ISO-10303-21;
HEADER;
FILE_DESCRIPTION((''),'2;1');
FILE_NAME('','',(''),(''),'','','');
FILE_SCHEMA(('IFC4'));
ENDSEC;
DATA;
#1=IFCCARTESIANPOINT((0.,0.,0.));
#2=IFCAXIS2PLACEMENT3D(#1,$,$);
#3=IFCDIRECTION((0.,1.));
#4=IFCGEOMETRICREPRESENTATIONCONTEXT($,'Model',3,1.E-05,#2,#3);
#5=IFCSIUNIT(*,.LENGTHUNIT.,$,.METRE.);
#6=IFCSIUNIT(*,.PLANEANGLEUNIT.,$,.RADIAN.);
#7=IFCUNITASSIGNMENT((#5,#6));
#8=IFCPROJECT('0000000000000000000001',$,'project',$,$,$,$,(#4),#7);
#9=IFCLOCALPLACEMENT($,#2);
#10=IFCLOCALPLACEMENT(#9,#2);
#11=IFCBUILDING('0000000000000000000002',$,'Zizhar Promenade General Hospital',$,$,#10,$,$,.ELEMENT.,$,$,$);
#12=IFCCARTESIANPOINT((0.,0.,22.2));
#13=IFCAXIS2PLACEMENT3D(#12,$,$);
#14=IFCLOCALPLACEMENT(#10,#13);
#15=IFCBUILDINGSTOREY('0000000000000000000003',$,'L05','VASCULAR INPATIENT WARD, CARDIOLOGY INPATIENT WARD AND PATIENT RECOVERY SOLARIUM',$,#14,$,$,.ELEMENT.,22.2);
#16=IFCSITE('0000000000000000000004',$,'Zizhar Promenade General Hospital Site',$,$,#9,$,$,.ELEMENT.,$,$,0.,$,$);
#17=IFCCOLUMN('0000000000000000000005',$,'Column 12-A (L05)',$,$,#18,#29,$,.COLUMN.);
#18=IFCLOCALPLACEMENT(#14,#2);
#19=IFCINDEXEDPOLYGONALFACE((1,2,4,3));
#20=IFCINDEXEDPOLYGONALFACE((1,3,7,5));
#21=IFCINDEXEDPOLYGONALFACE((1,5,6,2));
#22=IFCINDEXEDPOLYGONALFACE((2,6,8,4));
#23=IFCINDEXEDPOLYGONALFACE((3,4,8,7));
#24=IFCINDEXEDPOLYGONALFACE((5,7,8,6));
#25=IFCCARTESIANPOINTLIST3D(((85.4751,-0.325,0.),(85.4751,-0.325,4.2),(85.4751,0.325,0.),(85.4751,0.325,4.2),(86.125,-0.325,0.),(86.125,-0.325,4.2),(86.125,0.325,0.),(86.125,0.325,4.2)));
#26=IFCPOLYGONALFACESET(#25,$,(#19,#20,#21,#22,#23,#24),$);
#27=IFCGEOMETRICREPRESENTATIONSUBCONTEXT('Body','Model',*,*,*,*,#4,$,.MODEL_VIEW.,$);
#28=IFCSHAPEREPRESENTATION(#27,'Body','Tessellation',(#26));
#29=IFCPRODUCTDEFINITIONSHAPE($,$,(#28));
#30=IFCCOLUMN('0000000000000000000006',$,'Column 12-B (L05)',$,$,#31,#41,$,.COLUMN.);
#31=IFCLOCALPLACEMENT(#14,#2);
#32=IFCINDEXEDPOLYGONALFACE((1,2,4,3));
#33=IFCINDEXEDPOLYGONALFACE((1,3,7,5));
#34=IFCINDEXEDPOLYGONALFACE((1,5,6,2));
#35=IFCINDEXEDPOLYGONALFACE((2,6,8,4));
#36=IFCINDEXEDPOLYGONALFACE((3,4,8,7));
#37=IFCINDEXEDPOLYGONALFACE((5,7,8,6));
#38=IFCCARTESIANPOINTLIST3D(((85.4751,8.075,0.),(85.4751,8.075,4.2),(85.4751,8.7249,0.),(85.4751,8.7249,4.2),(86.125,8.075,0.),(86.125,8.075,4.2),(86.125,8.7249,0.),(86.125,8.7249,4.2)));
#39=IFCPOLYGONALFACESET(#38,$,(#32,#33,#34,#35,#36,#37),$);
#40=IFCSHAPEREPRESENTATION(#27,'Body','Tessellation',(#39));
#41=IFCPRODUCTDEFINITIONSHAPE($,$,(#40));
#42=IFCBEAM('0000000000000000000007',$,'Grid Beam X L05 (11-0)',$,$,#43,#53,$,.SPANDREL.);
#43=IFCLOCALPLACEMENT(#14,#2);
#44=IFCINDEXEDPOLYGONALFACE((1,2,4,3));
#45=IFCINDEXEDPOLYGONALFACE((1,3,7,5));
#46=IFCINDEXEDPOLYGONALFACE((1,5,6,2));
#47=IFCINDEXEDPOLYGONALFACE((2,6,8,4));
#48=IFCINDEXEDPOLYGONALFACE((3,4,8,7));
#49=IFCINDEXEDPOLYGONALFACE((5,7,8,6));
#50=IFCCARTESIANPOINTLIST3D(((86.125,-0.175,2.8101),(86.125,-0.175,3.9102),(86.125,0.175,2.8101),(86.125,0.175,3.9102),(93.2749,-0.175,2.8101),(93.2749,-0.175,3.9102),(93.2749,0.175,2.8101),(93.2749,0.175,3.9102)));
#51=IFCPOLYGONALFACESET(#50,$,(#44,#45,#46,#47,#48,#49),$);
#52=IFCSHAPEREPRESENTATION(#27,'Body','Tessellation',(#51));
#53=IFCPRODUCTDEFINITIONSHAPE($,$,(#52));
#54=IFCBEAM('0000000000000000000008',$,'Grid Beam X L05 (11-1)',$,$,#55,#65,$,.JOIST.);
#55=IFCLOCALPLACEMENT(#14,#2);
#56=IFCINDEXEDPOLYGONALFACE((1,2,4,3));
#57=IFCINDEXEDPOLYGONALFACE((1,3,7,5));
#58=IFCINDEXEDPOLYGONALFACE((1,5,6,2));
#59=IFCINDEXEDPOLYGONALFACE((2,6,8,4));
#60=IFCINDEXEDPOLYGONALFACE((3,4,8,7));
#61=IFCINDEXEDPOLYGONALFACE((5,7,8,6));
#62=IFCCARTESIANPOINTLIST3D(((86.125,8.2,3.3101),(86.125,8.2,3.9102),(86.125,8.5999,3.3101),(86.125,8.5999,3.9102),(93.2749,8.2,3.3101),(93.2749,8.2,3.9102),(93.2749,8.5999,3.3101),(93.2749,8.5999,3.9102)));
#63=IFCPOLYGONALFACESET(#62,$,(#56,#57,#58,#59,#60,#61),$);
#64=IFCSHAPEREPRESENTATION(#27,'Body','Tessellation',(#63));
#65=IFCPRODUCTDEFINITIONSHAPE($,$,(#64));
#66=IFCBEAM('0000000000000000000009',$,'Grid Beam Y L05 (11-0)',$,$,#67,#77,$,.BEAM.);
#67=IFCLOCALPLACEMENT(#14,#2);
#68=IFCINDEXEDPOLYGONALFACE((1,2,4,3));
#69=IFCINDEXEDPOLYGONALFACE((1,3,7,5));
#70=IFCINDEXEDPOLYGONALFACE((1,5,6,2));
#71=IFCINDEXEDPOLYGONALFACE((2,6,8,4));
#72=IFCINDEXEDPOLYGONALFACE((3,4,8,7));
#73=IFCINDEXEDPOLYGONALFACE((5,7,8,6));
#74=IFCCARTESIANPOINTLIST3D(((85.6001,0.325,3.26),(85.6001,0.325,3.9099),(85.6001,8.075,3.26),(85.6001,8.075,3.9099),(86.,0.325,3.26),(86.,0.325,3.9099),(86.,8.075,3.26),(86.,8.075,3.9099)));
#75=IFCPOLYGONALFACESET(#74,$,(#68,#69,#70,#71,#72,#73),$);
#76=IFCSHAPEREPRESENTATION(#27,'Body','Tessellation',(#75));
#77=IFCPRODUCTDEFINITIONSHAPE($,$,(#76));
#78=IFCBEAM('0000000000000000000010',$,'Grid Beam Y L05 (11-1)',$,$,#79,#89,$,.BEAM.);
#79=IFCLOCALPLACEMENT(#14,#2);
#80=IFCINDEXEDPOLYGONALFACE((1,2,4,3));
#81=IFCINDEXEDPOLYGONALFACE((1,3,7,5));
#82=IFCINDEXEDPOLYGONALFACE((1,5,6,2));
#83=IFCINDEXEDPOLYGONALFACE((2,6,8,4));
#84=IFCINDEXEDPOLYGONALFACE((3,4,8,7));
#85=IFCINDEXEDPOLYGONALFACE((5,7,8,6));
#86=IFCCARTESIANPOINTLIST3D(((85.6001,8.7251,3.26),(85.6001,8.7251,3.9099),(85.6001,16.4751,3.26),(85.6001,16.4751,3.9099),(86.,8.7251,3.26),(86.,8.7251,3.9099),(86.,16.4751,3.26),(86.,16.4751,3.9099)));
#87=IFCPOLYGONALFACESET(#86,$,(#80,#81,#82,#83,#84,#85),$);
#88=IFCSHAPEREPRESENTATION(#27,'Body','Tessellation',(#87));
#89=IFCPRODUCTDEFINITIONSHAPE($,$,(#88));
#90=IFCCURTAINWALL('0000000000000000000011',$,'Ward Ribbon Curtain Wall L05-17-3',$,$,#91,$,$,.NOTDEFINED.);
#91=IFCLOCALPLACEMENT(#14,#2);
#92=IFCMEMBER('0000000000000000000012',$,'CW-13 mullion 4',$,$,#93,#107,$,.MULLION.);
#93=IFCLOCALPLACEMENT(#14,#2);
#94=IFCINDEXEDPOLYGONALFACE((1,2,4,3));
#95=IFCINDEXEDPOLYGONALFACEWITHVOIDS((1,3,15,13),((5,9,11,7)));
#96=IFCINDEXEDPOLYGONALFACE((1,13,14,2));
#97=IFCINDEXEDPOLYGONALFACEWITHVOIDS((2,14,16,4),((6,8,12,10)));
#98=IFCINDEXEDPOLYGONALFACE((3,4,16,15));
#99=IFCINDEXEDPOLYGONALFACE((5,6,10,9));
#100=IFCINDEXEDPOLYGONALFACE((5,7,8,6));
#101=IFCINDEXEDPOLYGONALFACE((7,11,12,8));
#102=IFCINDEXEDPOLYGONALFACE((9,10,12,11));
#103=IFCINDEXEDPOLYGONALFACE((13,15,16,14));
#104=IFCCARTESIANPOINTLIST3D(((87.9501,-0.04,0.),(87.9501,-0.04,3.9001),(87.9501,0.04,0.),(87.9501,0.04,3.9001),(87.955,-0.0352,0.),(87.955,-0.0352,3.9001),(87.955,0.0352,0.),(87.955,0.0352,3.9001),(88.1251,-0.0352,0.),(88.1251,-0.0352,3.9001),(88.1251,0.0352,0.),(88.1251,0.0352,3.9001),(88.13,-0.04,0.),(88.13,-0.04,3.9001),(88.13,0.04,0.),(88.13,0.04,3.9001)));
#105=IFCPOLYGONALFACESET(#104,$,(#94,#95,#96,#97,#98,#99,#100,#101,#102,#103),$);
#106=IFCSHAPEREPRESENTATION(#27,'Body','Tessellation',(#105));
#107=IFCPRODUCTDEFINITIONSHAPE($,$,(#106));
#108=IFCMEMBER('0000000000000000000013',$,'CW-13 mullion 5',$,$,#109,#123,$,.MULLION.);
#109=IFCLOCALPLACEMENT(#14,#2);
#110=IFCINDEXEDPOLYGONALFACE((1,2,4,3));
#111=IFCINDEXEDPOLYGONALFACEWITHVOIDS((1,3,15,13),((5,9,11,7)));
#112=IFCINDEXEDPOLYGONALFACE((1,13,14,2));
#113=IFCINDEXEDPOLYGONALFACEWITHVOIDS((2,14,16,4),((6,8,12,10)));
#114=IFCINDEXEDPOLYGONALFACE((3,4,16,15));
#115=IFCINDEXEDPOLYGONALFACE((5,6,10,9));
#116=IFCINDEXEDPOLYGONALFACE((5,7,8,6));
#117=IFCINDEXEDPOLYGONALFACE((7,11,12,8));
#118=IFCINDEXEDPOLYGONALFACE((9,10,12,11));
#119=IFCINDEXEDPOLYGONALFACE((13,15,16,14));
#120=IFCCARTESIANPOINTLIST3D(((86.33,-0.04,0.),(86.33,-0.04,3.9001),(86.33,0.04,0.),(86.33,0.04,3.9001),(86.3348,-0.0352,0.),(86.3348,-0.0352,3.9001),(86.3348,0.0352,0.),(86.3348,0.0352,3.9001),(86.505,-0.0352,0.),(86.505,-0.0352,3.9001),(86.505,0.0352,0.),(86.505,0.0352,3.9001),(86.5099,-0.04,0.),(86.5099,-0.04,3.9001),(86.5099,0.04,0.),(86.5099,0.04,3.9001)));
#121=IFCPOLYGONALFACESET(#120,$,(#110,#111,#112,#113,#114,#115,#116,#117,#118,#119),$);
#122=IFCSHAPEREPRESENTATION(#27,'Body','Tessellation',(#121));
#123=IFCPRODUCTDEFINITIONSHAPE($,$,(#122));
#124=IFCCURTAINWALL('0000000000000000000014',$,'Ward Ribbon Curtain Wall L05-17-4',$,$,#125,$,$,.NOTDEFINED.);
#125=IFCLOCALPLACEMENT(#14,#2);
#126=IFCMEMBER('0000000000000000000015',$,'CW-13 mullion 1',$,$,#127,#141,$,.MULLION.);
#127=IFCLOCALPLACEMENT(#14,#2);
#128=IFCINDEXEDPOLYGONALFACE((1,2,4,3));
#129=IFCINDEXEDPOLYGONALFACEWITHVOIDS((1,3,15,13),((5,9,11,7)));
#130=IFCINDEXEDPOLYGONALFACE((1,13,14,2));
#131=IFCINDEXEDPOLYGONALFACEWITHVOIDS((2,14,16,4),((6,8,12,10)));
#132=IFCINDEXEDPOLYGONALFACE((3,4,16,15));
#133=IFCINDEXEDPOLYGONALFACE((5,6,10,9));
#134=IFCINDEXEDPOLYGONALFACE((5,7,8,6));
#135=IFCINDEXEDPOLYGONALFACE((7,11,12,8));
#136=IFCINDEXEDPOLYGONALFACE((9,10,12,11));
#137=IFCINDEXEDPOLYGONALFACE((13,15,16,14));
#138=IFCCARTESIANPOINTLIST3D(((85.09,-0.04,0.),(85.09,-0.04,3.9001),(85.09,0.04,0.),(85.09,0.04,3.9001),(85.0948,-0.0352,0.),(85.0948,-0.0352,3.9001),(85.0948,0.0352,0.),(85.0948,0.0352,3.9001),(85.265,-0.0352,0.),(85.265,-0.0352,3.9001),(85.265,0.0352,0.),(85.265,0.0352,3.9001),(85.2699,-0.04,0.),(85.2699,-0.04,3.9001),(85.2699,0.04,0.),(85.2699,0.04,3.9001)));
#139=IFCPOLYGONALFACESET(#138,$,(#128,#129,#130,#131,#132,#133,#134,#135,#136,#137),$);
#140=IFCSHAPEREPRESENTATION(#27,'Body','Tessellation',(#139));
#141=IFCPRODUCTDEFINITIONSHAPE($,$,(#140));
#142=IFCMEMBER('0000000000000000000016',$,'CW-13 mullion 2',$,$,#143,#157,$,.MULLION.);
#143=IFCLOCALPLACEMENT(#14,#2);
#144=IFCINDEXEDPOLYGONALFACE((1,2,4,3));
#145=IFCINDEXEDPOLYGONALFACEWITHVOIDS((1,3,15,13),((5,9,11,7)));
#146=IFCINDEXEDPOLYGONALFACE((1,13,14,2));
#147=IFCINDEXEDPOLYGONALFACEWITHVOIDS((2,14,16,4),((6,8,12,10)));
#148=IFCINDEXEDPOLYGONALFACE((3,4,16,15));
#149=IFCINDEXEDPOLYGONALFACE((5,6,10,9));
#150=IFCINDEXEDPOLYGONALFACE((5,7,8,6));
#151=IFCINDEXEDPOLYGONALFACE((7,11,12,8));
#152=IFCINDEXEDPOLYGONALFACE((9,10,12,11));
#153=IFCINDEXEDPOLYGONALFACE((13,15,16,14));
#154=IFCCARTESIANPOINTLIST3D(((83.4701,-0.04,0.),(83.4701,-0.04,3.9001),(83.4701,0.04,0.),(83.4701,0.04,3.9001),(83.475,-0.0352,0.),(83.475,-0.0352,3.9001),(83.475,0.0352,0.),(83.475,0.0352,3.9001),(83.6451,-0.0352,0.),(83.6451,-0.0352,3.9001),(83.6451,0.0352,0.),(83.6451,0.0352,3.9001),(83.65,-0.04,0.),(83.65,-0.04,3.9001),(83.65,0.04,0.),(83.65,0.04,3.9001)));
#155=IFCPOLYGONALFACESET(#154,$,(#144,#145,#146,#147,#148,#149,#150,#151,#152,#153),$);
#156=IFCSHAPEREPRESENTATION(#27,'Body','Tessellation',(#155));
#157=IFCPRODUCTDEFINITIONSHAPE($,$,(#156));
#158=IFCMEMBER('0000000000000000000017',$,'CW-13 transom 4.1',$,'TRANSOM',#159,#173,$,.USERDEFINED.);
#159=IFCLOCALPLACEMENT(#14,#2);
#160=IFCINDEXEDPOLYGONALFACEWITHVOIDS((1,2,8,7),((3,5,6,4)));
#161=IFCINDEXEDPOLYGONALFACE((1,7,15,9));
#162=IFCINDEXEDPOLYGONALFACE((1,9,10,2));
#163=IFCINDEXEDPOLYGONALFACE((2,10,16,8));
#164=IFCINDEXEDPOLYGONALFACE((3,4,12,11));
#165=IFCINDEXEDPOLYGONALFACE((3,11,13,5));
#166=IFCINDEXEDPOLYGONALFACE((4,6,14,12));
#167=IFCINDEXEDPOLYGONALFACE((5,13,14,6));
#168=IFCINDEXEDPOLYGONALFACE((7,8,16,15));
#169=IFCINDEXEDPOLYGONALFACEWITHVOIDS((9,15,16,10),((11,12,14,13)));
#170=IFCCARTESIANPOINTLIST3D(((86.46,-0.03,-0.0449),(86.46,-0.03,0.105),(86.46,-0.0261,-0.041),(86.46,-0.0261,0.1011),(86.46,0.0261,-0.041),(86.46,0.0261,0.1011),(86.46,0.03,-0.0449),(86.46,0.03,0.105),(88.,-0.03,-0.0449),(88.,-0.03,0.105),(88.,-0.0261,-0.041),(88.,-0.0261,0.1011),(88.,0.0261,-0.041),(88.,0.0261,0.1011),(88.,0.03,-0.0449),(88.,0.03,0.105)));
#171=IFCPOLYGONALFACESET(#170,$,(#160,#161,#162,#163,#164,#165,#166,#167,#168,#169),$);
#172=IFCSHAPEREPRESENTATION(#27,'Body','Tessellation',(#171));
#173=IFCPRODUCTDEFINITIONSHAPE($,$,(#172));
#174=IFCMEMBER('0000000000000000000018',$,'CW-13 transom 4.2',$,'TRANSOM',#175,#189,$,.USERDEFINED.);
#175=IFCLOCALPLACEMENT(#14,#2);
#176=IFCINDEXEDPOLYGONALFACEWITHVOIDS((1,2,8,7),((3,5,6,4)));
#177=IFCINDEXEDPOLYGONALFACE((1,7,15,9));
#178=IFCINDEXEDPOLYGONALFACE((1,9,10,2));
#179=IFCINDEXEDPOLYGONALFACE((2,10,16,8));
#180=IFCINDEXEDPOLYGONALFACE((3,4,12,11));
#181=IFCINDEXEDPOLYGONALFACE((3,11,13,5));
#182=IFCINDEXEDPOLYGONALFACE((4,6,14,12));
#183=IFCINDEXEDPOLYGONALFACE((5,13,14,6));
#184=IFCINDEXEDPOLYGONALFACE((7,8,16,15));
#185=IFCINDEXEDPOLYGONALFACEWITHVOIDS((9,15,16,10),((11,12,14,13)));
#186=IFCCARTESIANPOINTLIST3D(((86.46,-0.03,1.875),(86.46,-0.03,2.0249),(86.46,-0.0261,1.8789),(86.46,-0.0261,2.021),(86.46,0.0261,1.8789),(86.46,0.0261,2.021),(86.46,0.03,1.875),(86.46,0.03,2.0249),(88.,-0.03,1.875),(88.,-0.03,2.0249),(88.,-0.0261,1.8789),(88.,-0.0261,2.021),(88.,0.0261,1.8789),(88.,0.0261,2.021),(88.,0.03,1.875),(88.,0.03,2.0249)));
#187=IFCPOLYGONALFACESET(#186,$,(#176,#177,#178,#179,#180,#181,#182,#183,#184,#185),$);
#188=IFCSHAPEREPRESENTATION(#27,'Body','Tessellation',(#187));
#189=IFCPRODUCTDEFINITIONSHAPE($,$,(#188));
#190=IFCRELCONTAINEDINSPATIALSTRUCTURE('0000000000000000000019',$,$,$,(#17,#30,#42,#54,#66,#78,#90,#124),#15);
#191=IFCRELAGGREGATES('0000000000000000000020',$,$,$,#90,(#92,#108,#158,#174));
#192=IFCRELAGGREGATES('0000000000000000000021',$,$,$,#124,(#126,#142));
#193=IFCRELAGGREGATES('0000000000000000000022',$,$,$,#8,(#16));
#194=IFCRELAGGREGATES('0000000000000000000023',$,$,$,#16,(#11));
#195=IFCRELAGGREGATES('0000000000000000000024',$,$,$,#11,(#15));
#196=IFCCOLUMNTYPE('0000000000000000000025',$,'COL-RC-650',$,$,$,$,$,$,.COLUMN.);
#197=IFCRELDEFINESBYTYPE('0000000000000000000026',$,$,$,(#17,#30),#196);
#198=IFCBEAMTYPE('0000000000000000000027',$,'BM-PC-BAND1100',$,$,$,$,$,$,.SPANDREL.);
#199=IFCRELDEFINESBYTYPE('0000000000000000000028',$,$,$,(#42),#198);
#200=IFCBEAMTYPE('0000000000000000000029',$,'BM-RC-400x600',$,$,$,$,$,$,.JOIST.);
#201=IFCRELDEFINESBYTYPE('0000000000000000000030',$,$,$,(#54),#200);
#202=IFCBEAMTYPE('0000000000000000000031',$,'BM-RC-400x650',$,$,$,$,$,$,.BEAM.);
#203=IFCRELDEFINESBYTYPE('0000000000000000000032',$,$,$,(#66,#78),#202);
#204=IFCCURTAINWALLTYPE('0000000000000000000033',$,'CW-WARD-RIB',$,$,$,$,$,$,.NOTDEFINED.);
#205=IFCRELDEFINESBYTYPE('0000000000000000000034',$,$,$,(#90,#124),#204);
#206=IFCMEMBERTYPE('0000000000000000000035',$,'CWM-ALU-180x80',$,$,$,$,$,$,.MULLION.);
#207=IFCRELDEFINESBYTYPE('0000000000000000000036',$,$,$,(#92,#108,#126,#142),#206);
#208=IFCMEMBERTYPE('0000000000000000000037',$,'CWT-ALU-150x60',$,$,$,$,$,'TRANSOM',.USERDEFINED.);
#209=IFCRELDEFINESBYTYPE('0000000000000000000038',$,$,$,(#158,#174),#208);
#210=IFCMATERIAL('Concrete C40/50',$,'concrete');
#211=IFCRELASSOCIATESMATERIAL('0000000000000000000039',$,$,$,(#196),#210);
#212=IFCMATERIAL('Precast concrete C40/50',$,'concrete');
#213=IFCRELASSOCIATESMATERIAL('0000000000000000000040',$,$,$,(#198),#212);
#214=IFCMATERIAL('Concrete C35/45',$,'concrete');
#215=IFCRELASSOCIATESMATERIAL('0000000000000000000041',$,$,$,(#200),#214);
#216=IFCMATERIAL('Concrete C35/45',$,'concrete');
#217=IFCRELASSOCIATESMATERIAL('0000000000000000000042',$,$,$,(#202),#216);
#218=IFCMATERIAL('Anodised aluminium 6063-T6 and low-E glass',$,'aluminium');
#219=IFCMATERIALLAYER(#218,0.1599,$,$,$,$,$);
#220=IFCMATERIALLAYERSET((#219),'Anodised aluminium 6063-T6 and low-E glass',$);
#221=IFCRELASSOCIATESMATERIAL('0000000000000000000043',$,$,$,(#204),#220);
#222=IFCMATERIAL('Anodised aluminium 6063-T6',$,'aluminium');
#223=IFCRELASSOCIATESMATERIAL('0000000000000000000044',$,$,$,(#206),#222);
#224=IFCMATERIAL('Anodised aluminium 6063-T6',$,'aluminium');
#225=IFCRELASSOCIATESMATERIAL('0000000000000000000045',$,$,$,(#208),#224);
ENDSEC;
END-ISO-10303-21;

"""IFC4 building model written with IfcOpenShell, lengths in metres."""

from ifc_helpers import new_model, si_unit, direction, frame, origin, origin_2d, place, context, subcontext, project, spatial, rectangle, hollow_rectangle, extrude, material, layer, layer_set, material_profile, profile_set, type_object, element, aggregate, save


model = new_model("IFC4")

# Units and contexts
model_context = context("Model", 3, precision=1e-05, world=origin(), true_north=direction((0.0, 1.0)))
body_context = subcontext(model_context, "Body", "Model", "MODEL_VIEW")
ifc_project = project(units=[si_unit("LENGTHUNIT", "METRE"), si_unit("PLANEANGLEUNIT", "RADIAN")], contexts=[model_context])

# Site, building, storey
site_placement = place(None, origin())
site = spatial("IfcSite", under=ifc_project, at=site_placement, Name="Zizhar Promenade General Hospital Site", CompositionType="ELEMENT", RefElevation=0.0)
building_placement = place(site_placement, origin())
building = spatial("IfcBuilding", under=site, at=building_placement, Name="Zizhar Promenade General Hospital", CompositionType="ELEMENT")
storey_placement = place(building_placement, frame((0.0, 0.0, 22.2)))
storey = spatial("IfcBuildingStorey", under=building, at=storey_placement, Name="L05", Description="VASCULAR INPATIENT WARD, CARDIOLOGY INPATIENT WARD AND PATIENT RECOVERY SOLARIUM", CompositionType="ELEMENT", Elevation=22.2)

# Columns
ifc_material_1 = material(Name="Concrete C40/50", Category="concrete")
ifc_material_profile_1 = material_profile(ifc_material_1, rectangle(XDim=0.6499, YDim=0.6499, at=origin_2d()))
ifc_profile_set_1 = profile_set([ifc_material_profile_1], Name="Concrete C40/50")
column_type = type_object("IfcColumnType", Name="COL-RC-650", PredefinedType="COLUMN", material=ifc_profile_set_1)
for number, where, z_axis, x_axis, name in (
    (1, (85.8, 0.0, 0.0), (0.0, 0.0, 1.0), (1.0, 0.0, 0.0), "Column 12-A (L05)"),
    (2, (85.8, 8.3999, 0.0), (0.0, 0.0, 1.0), (1.0, 0.0, 0.0), "Column 12-B (L05)"),
):
    element("IfcColumn", number, at=place(storey_placement, frame(where, z_axis=z_axis, x_axis=x_axis)), inside=storey, type_object=column_type, Name=name, PredefinedType="COLUMN", context=body_context, shape_type="SweptSolid", body=[
        extrude(rectangle(XDim=0.6499, YDim=0.6499, at=origin_2d()), origin(), (0.0, 0.0, 1.0), 4.2),
    ])

# Beams
ifc_material_2 = material(Name="Precast concrete C40/50", Category="concrete")
ifc_material_profile_2 = material_profile(ifc_material_2, rectangle(XDim=0.3501, YDim=1.1001, at=origin_2d()))
ifc_profile_set_2 = profile_set([ifc_material_profile_2], Name="Precast concrete C40/50")
beam_type_1 = type_object("IfcBeamType", Name="BM-PC-BAND1100", PredefinedType="SPANDREL", material=ifc_profile_set_2)
beam_1_placement = place(storey_placement, frame((86.125, 0.0, 3.3601), z_axis=(1.0, 0.0, 0.0), x_axis=(0.0, 1.0, 0.0)))
element("IfcBeam", 3, at=beam_1_placement, inside=storey, type_object=beam_type_1, Name="Grid Beam X L05 (11-0)", PredefinedType="SPANDREL", context=body_context, shape_type="SweptSolid", body=[
    extrude(rectangle(XDim=0.3501, YDim=1.1001, at=origin_2d()), origin(), (0.0, 0.0, 1.0), 7.1499),
])
ifc_material_3 = material(Name="Concrete C35/45", Category="concrete")
ifc_material_profile_3 = material_profile(ifc_material_3, rectangle(XDim=0.3999, YDim=0.6001, at=origin_2d()))
ifc_profile_set_3 = profile_set([ifc_material_profile_3], Name="Concrete C35/45")
beam_type_2 = type_object("IfcBeamType", Name="BM-RC-400x600", PredefinedType="JOIST", material=ifc_profile_set_3)
beam_2_placement = place(storey_placement, frame((86.125, 8.3999, 3.6101), z_axis=(1.0, 0.0, 0.0), x_axis=(0.0, 1.0, 0.0)))
element("IfcBeam", 4, at=beam_2_placement, inside=storey, type_object=beam_type_2, Name="Grid Beam X L05 (11-1)", PredefinedType="JOIST", context=body_context, shape_type="SweptSolid", body=[
    extrude(rectangle(XDim=0.3999, YDim=0.6001, at=origin_2d()), origin(), (0.0, 0.0, 1.0), 7.1499),
])
ifc_material_4 = material(Name="Concrete C35/45", Category="concrete")
ifc_material_profile_4 = material_profile(ifc_material_4, rectangle(XDim=0.3999, YDim=0.6499, at=origin_2d()))
ifc_profile_set_4 = profile_set([ifc_material_profile_4], Name="Concrete C35/45")
beam_type_3 = type_object("IfcBeamType", Name="BM-RC-400x650", PredefinedType="BEAM", material=ifc_profile_set_4)
for number, where, z_axis, x_axis, name in (
    (5, (85.8, 0.325, 3.585), (0.0, 1.0, 0.0), (-1.0, 0.0, 0.0), "Grid Beam Y L05 (11-0)"),
    (6, (85.8, 8.7251, 3.585), (0.0, 1.0, 0.0), (-1.0, 0.0, 0.0), "Grid Beam Y L05 (11-1)"),
):
    element("IfcBeam", number, at=place(storey_placement, frame(where, z_axis=z_axis, x_axis=x_axis)), inside=storey, type_object=beam_type_3, Name=name, PredefinedType="BEAM", context=body_context, shape_type="SweptSolid", body=[
        extrude(rectangle(XDim=0.3999, YDim=0.6499, at=origin_2d()), origin(), (0.0, 0.0, 1.0), 7.75),
    ])

# Curtain walls, members
ifc_material_5 = material(Name="Anodised aluminium 6063-T6 and low-E glass", Category="aluminium")
ifc_layer_1 = layer(ifc_material_5, 0.1599)
ifc_layer_set_1 = layer_set([ifc_layer_1], Name="Anodised aluminium 6063-T6 and low-E glass")
curtain_wall_type = type_object("IfcCurtainWallType", Name="CW-WARD-RIB", PredefinedType="NOTDEFINED", material=ifc_layer_set_1)
curtain_wall_1_placement = place(storey_placement, origin())
curtain_wall_1 = element("IfcCurtainWall", 7, at=curtain_wall_1_placement, inside=storey, type_object=curtain_wall_type, Name="Ward Ribbon Curtain Wall L05-17-3", PredefinedType="NOTDEFINED")
ifc_material_6 = material(Name="Anodised aluminium 6063-T6", Category="aluminium")
ifc_material_profile_5 = material_profile(ifc_material_6, hollow_rectangle(XDim=0.0801, YDim=0.1799, WallThickness=0.0049, at=origin_2d()))
ifc_profile_set_5 = profile_set([ifc_material_profile_5], Name="Anodised aluminium 6063-T6")
member_type_1 = type_object("IfcMemberType", Name="CWM-ALU-180x80", PredefinedType="MULLION", material=ifc_profile_set_5)
member_1_placement = place(storey_placement, frame((88.04, 0.0, 0.0), z_axis=(0.0, 0.0, 1.0), x_axis=(0.0, -1.0, 0.0)))
member_1 = element("IfcMember", 8, at=member_1_placement, type_object=member_type_1, Name="CW-13 mullion 4", PredefinedType="MULLION", context=body_context, shape_type="SweptSolid", body=[
    extrude(hollow_rectangle(XDim=0.0801, YDim=0.1799, WallThickness=0.0049, at=origin_2d()), origin(), (0.0, 0.0, 1.0), 3.9001),
])
member_2_placement = place(storey_placement, frame((86.4199, 0.0, 0.0), z_axis=(0.0, 0.0, 1.0), x_axis=(0.0, -1.0, 0.0)))
member_2 = element("IfcMember", 9, at=member_2_placement, type_object=member_type_1, Name="CW-13 mullion 5", PredefinedType="MULLION", context=body_context, shape_type="SweptSolid", body=[
    extrude(hollow_rectangle(XDim=0.0801, YDim=0.1799, WallThickness=0.0049, at=origin_2d()), origin(), (0.0, 0.0, 1.0), 3.9001),
])
curtain_wall_2_placement = place(storey_placement, origin())
curtain_wall_2 = element("IfcCurtainWall", 10, at=curtain_wall_2_placement, inside=storey, type_object=curtain_wall_type, Name="Ward Ribbon Curtain Wall L05-17-4", PredefinedType="NOTDEFINED")
member_3_placement = place(storey_placement, frame((85.1799, 0.0, 0.0), z_axis=(0.0, 0.0, 1.0), x_axis=(0.0, -1.0, 0.0)))
member_3 = element("IfcMember", 11, at=member_3_placement, type_object=member_type_1, Name="CW-13 mullion 1", PredefinedType="MULLION", context=body_context, shape_type="SweptSolid", body=[
    extrude(hollow_rectangle(XDim=0.0801, YDim=0.1799, WallThickness=0.0049, at=origin_2d()), origin(), (0.0, 0.0, 1.0), 3.9001),
])
member_4_placement = place(storey_placement, frame((83.5601, 0.0, 0.0), z_axis=(0.0, 0.0, 1.0), x_axis=(0.0, -1.0, 0.0)))
member_4 = element("IfcMember", 12, at=member_4_placement, type_object=member_type_1, Name="CW-13 mullion 2", PredefinedType="MULLION", context=body_context, shape_type="SweptSolid", body=[
    extrude(hollow_rectangle(XDim=0.0801, YDim=0.1799, WallThickness=0.0049, at=origin_2d()), origin(), (0.0, 0.0, 1.0), 3.9001),
])

# Members
ifc_material_7 = material(Name="Anodised aluminium 6063-T6", Category="aluminium")
ifc_material_profile_6 = material_profile(ifc_material_7, hollow_rectangle(XDim=0.0601, YDim=0.1499, WallThickness=0.0039, at=origin_2d()))
ifc_profile_set_6 = profile_set([ifc_material_profile_6], Name="Anodised aluminium 6063-T6")
member_type_2 = type_object("IfcMemberType", Name="CWT-ALU-150x60", ElementType="TRANSOM", PredefinedType="USERDEFINED", material=ifc_profile_set_6)
member_5_placement = place(storey_placement, frame((88.0, 0.0, 0.03), z_axis=(-1.0, 0.0, 0.0), x_axis=(0.0, -1.0, 0.0)))
member_5 = element("IfcMember", 13, at=member_5_placement, type_object=member_type_2, Name="CW-13 transom 4.1", ObjectType="TRANSOM", PredefinedType="USERDEFINED", context=body_context, shape_type="SweptSolid", body=[
    extrude(hollow_rectangle(XDim=0.0601, YDim=0.1499, WallThickness=0.0039, at=origin_2d()), origin(), (0.0, 0.0, 1.0), 1.54),
])
member_6_placement = place(storey_placement, frame((88.0, 0.0, 1.95), z_axis=(-1.0, 0.0, 0.0), x_axis=(0.0, -1.0, 0.0)))
member_6 = element("IfcMember", 14, at=member_6_placement, type_object=member_type_2, Name="CW-13 transom 4.2", ObjectType="TRANSOM", PredefinedType="USERDEFINED", context=body_context, shape_type="SweptSolid", body=[
    extrude(hollow_rectangle(XDim=0.0601, YDim=0.1499, WallThickness=0.0039, at=origin_2d()), origin(), (0.0, 0.0, 1.0), 1.54),
])

aggregate(curtain_wall_1, [member_1, member_2, member_5, member_6])
aggregate(curtain_wall_2, [member_3, member_4])

save(model, "model.ifc")
